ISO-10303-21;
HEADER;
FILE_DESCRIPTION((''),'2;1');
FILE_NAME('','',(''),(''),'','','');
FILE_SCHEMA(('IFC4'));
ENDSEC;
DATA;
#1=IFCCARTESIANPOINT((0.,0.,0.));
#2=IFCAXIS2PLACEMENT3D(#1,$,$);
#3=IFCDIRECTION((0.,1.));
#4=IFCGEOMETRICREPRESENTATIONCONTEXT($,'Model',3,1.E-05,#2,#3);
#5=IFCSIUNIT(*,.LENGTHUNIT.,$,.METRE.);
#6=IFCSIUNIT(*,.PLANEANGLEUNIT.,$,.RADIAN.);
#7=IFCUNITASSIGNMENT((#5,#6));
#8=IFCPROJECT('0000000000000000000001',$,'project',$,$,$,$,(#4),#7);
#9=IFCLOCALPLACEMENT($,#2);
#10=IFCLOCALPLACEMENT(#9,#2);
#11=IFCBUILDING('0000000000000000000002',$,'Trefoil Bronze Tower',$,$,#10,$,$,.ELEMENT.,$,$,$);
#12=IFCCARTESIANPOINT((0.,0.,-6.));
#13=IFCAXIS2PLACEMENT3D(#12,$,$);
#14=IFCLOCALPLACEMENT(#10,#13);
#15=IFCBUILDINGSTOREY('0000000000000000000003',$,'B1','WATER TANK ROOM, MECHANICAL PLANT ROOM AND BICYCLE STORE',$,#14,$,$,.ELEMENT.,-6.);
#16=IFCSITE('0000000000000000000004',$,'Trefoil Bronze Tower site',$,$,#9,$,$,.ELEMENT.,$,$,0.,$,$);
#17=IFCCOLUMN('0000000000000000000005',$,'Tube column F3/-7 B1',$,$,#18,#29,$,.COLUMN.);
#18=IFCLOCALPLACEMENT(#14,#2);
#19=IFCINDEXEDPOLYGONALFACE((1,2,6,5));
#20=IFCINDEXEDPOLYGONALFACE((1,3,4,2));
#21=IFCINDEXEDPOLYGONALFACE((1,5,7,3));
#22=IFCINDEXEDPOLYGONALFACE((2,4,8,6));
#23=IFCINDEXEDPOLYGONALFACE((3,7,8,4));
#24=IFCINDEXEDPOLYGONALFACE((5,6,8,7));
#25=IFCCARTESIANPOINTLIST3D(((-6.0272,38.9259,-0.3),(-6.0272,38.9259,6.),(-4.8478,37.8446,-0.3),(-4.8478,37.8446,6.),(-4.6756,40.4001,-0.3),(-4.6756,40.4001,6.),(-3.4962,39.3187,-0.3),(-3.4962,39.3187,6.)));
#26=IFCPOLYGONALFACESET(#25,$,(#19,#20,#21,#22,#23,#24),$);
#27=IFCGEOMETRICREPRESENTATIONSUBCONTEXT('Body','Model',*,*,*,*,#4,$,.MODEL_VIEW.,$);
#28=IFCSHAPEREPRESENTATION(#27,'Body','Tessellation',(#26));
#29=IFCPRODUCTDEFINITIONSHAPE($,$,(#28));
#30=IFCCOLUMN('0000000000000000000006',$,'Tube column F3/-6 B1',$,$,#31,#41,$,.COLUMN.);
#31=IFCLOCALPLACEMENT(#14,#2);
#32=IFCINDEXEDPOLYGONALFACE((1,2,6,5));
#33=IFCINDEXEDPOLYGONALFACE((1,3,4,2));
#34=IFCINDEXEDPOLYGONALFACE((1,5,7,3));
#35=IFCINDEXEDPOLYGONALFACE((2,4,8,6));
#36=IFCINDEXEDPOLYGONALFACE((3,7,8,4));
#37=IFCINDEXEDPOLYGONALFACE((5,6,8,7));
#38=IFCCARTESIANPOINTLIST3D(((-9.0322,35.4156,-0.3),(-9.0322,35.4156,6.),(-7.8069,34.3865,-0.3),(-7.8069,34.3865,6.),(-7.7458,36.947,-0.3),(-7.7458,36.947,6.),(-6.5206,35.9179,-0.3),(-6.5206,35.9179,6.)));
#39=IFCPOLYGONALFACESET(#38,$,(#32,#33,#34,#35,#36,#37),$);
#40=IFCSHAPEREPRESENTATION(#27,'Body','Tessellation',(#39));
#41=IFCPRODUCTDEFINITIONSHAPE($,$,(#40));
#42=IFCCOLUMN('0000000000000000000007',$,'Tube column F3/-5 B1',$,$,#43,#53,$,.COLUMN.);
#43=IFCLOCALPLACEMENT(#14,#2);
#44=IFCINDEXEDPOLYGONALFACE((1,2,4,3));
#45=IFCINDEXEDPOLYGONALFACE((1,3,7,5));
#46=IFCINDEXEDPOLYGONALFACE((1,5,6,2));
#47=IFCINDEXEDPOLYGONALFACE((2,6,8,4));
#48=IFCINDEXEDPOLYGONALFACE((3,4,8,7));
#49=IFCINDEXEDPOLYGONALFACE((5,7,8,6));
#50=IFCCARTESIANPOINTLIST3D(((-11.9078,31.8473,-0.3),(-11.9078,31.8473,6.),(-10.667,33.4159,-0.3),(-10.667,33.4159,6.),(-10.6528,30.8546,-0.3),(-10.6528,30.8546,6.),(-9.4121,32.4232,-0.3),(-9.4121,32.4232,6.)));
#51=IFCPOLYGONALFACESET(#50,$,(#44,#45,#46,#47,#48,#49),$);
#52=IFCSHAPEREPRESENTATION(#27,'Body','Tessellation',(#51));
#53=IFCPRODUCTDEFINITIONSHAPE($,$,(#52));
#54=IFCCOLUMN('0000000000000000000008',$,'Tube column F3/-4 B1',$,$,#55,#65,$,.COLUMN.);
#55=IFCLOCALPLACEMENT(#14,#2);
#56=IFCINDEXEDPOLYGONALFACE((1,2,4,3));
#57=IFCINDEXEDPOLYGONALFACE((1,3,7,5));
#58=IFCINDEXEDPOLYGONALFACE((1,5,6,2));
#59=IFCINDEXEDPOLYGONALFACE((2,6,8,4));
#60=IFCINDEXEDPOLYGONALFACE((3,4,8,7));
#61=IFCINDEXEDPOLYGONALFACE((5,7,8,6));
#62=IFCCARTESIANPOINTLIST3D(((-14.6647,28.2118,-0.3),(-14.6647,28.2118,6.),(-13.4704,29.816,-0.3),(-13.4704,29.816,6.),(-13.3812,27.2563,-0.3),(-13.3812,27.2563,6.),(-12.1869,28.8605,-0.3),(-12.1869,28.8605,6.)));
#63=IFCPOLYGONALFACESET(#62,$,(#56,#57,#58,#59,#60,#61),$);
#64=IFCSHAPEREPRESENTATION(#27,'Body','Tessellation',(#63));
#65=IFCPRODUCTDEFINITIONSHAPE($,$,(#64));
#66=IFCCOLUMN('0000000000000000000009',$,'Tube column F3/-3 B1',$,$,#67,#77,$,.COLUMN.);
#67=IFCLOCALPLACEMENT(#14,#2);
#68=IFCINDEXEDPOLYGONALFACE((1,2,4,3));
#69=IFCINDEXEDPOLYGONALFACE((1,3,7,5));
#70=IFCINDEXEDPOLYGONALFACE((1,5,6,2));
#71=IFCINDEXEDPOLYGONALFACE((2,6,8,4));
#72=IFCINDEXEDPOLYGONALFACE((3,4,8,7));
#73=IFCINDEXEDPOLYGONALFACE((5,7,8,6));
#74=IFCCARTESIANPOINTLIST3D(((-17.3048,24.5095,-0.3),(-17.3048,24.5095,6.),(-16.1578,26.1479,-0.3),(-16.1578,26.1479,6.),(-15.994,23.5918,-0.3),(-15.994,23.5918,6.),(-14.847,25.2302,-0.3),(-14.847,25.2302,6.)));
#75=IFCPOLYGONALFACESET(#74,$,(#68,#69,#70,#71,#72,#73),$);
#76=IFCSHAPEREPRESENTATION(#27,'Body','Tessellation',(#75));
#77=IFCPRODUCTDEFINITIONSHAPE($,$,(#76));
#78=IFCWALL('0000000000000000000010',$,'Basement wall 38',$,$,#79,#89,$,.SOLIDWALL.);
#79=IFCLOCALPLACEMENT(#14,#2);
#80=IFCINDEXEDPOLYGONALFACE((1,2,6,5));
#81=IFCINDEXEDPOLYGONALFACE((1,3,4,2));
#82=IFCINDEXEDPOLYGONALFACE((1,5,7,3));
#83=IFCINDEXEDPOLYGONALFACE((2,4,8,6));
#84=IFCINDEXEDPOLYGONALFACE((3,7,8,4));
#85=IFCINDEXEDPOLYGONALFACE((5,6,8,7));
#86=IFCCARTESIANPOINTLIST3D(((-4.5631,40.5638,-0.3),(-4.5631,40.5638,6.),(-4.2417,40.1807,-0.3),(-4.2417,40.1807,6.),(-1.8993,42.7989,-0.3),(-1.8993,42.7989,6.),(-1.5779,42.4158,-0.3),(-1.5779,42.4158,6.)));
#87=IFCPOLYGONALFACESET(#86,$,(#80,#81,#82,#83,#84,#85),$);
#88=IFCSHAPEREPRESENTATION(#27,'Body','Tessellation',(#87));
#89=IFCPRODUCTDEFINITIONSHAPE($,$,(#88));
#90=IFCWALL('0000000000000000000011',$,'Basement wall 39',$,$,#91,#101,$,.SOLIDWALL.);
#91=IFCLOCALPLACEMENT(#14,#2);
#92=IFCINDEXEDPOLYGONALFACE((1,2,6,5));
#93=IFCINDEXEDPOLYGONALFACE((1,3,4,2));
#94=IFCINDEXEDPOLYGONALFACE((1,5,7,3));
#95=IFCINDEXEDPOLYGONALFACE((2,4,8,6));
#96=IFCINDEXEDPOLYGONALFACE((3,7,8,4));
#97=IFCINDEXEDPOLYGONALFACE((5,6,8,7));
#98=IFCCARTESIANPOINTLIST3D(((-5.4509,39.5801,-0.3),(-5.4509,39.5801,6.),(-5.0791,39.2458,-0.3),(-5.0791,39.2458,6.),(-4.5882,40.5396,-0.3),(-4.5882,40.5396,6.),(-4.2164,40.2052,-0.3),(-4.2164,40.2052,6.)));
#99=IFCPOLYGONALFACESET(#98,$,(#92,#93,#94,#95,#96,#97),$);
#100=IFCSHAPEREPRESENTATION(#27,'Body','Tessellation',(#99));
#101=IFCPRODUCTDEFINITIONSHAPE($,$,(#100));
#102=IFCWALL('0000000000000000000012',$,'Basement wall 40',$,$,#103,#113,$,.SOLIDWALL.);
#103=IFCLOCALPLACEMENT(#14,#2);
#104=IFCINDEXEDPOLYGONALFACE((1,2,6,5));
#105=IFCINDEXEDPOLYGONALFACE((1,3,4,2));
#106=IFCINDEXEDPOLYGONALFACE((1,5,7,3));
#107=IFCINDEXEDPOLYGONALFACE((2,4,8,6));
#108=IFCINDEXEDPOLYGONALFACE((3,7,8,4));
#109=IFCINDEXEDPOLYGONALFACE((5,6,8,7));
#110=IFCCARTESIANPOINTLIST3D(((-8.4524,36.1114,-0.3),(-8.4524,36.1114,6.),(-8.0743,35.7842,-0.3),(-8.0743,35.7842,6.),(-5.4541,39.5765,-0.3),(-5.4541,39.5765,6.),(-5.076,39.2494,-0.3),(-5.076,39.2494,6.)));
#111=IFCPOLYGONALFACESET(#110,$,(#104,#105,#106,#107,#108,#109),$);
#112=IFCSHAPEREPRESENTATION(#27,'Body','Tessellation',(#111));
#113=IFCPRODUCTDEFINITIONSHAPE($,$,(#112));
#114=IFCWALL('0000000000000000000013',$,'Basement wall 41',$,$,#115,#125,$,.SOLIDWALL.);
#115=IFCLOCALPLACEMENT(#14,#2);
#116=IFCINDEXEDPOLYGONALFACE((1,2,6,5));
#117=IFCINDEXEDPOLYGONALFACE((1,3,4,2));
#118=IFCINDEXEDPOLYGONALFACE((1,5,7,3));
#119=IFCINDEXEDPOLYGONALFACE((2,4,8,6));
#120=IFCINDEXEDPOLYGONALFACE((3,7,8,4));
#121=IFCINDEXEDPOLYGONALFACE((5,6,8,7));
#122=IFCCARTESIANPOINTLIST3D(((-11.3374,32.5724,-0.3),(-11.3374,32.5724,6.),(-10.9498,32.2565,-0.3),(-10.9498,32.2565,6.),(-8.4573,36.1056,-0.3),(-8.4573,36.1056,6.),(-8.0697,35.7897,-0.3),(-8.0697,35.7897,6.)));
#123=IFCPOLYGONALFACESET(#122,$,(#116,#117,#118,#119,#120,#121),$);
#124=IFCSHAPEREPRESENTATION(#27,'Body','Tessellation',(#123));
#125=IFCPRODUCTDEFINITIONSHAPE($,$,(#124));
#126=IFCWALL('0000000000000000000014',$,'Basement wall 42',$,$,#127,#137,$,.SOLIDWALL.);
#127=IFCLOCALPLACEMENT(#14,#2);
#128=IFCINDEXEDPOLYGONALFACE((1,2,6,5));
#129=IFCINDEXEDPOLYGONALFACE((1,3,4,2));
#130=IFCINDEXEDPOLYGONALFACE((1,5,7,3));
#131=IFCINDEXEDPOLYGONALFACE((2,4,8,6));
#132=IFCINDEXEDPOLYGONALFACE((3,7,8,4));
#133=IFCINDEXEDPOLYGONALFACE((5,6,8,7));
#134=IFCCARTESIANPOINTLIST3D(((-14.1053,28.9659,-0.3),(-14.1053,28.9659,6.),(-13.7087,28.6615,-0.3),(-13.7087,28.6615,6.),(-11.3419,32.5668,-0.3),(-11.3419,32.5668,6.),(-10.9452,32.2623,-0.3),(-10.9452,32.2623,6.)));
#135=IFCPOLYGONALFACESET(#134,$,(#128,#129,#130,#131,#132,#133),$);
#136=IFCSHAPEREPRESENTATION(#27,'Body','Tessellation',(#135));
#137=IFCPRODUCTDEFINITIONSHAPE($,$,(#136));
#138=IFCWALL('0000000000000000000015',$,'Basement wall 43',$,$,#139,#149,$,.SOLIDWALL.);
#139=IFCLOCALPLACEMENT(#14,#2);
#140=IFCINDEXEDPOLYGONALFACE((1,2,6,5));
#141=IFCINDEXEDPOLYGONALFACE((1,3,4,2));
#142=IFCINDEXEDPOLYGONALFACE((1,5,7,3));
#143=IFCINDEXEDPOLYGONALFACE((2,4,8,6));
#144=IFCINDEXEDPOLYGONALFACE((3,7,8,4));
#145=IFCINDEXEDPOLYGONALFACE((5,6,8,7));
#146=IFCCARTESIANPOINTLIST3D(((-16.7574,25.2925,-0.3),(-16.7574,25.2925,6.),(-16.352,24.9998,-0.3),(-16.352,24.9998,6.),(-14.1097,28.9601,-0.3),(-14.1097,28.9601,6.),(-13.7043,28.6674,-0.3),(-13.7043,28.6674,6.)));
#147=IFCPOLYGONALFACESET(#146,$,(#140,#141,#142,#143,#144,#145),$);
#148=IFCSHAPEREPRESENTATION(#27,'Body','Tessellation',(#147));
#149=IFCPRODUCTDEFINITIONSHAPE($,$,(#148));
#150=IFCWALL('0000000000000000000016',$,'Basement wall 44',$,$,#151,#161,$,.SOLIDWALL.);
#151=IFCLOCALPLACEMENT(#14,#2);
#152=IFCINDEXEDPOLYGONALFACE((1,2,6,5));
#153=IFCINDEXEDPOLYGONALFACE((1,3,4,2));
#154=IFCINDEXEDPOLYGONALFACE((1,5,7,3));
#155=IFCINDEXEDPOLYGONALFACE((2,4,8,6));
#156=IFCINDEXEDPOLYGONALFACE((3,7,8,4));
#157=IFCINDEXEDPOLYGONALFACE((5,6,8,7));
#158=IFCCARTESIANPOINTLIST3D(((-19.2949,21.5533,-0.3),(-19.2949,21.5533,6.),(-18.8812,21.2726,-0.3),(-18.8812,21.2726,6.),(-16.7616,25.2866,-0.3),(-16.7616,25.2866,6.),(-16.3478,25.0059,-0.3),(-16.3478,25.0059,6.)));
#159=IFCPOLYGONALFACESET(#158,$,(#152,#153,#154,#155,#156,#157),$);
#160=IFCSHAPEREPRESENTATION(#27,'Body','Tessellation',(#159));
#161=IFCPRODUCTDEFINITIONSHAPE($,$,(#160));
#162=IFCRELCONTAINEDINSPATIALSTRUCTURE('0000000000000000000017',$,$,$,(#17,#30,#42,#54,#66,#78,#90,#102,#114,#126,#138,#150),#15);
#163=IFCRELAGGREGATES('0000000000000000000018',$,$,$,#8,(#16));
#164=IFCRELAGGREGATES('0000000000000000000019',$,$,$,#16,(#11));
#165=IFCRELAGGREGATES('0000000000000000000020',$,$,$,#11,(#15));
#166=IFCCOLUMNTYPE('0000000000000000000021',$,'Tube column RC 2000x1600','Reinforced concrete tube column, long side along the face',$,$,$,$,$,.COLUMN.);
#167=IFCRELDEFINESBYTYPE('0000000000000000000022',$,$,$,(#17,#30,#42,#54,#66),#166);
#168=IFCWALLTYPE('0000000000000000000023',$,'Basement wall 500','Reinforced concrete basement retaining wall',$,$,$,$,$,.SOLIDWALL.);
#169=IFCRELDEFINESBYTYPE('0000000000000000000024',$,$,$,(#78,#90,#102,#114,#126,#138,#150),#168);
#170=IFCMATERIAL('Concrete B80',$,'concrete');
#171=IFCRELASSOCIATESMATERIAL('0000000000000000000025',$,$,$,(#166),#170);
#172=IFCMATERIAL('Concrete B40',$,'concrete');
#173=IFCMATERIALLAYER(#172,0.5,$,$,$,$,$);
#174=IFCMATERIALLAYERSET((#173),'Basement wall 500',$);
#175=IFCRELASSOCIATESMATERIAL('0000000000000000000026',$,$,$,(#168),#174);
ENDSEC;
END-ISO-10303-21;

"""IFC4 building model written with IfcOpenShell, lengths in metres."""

from ifc_helpers import new_model, si_unit, direction, frame, frame_2d, origin, origin_2d, place, context, subcontext, project, spatial, rectangle, extrude, material, layer, layer_set, material_profile, profile_set, type_object, element, save


model = new_model("IFC4")

# Units and contexts
model_context = context("Model", 3, precision=1e-05, world=origin(), true_north=direction((0.0, 1.0)))
body_context = subcontext(model_context, "Body", "Model", "MODEL_VIEW")
ifc_project = project(units=[si_unit("LENGTHUNIT", "METRE"), si_unit("PLANEANGLEUNIT", "RADIAN")], contexts=[model_context])

# Site, building, storey
site_placement = place(None, origin())
site = spatial("IfcSite", under=ifc_project, at=site_placement, Name="Trefoil Bronze Tower site", CompositionType="ELEMENT", RefElevation=0.0)
building_placement = place(site_placement, origin())
building = spatial("IfcBuilding", under=site, at=building_placement, Name="Trefoil Bronze Tower", CompositionType="ELEMENT")
storey_placement = place(building_placement, frame((0.0, 0.0, -6.0)))
storey = spatial("IfcBuildingStorey", under=building, at=storey_placement, Name="B1", Description="WATER TANK ROOM, MECHANICAL PLANT ROOM AND BICYCLE STORE", CompositionType="ELEMENT", Elevation=-6.0)

# Columns
ifc_material_1 = material(Name="Concrete B80", Category="concrete")
ifc_material_profile_1 = material_profile(ifc_material_1, rectangle(XDim=2.0, YDim=1.6001, at=origin_2d()), Name="RC 2000x1600")
ifc_profile_set_1 = profile_set([ifc_material_profile_1], Name="Concrete B80")
column_type_1 = type_object("IfcColumnType", Name="Tube column RC 2000x1600", Description="Reinforced concrete tube column, long side along the face", PredefinedType="COLUMN", material=ifc_profile_set_1)
for number, where, z_axis, x_axis, name in (
    (1, (-4.7617, 39.1223, -0.3), (0.0, 0.0, 1.0), (-0.675816, -0.73707, 0.0), "Tube column F3/-7 B1"),
    (2, (-7.7764, 35.6667, -0.3), (0.0, 0.0, 1.0), (-0.643163, -0.765729, 0.0), "Tube column F3/-6 B1"),
    (3, (-10.6599, 32.1353, -0.3), (0.0, 0.0, 1.0), (-0.620376, -0.784305, 0.0), "Tube column F3/-5 B1"),
    (4, (-13.4258, 28.5361, -0.3), (0.0, 0.0, 1.0), (-0.597154, -0.802127, 0.0), "Tube column F3/-4 B1"),
    (5, (-16.0759, 24.8699, -0.3), (0.0, 0.0, 1.0), (-0.573502, -0.819204, 0.0), "Tube column F3/-3 B1"),
):
    element("IfcColumn", number, at=place(storey_placement, frame(where, z_axis=z_axis, x_axis=x_axis)), inside=storey, type_object=column_type_1, Name=name, PredefinedType="COLUMN", context=body_context, shape_type="SweptSolid", body=[
        extrude(rectangle(XDim=2.0, YDim=1.6001, at=origin_2d()), origin(), (0.0, 0.0, 1.0), 6.3),
    ])

# Walls
ifc_material_2 = material(Name="Concrete B40", Category="concrete")
ifc_layer = layer(ifc_material_2, 0.5)
ifc_layer_set = layer_set([ifc_layer], Name="Basement wall 500")
wall_type = type_object("IfcWallType", Name="Basement wall 500", Description="Reinforced concrete basement retaining wall", PredefinedType="SOLIDWALL", material=ifc_layer_set)
wall_1_placement = place(storey_placement, frame((-1.7385, 42.6074, -0.3), z_axis=(0.0, 0.0, 1.0), x_axis=(-0.766059, -0.64277, 0.0)))
element("IfcWall", 6, at=wall_1_placement, inside=storey, type_object=wall_type, Name="Basement wall 38", PredefinedType="SOLIDWALL", context=body_context, shape_type="SweptSolid", body=[
    extrude(rectangle(XDim=3.4773, YDim=0.5, at=frame_2d((1.7388, 0.0))), origin(), (0.0, 0.0, 1.0), 6.3),
])
wall_2_placement = place(storey_placement, frame((-4.4023, 40.3723, -0.3), z_axis=(0.0, 0.0, 1.0), x_axis=(-0.668651, -0.743576, 0.0)))
element("IfcWall", 7, at=wall_2_placement, inside=storey, type_object=wall_type, Name="Basement wall 39", PredefinedType="SOLIDWALL", context=body_context, shape_type="SweptSolid", body=[
    extrude(rectangle(XDim=1.2903, YDim=0.5, at=frame_2d((0.645, 0.0))), origin(), (0.0, 0.0, 1.0), 6.3),
])
wall_3_placement = place(storey_placement, frame((-5.2651, 39.4128, -0.3), z_axis=(0.0, 0.0, 1.0), x_axis=(-0.654334, -0.756206, 0.0)))
element("IfcWall", 8, at=wall_3_placement, inside=storey, type_object=wall_type, Name="Basement wall 40", PredefinedType="SOLIDWALL", context=body_context, shape_type="SweptSolid", body=[
    extrude(rectangle(XDim=4.5823, YDim=0.5, at=frame_2d((2.291, 0.0))), origin(), (0.0, 0.0, 1.0), 6.3),
])
wall_4_placement = place(storey_placement, frame((-8.2634, 35.9478, -0.3), z_axis=(0.0, 0.0, 1.0), x_axis=(-0.631834, -0.775104, 0.0)))
element("IfcWall", 9, at=wall_4_placement, inside=storey, type_object=wall_type, Name="Basement wall 41", PredefinedType="SOLIDWALL", context=body_context, shape_type="SweptSolid", body=[
    extrude(rectangle(XDim=4.5583, YDim=0.5, at=frame_2d((2.2793, 0.0))), origin(), (0.0, 0.0, 1.0), 6.3),
])
wall_5_placement = place(storey_placement, frame((-11.1436, 32.4146, -0.3), z_axis=(0.0, 0.0, 1.0), x_axis=(-0.608819, -0.793309, 0.0)))
element("IfcWall", 10, at=wall_5_placement, inside=storey, type_object=wall_type, Name="Basement wall 42", PredefinedType="SOLIDWALL", context=body_context, shape_type="SweptSolid", body=[
    extrude(rectangle(XDim=4.5391, YDim=0.5, at=frame_2d((2.2695, 0.0))), origin(), (0.0, 0.0, 1.0), 6.3),
])
wall_6_placement = place(storey_placement, frame((-13.907, 28.8137, -0.3), z_axis=(0.0, 0.0, 1.0), x_axis=(-0.585341, -0.810787, 0.0)))
element("IfcWall", 11, at=wall_6_placement, inside=storey, type_object=wall_type, Name="Basement wall 43", PredefinedType="SOLIDWALL", context=body_context, shape_type="SweptSolid", body=[
    extrude(rectangle(XDim=4.5234, YDim=0.5, at=frame_2d((2.2617, 0.0))), origin(), (0.0, 0.0, 1.0), 6.3),
])
wall_7_placement = place(storey_placement, frame((-16.5547, 25.1462, -0.3), z_axis=(0.0, 0.0, 1.0), x_axis=(-0.561512, -0.827469, 0.0)))
element("IfcWall", 12, at=wall_7_placement, inside=storey, type_object=wall_type, Name="Basement wall 44", PredefinedType="SOLIDWALL", context=body_context, shape_type="SweptSolid", body=[
    extrude(rectangle(XDim=4.5117, YDim=0.5, at=frame_2d((2.2559, 0.0))), origin(), (0.0, 0.0, 1.0), 6.3),
])

save(model, "model.ifc")
